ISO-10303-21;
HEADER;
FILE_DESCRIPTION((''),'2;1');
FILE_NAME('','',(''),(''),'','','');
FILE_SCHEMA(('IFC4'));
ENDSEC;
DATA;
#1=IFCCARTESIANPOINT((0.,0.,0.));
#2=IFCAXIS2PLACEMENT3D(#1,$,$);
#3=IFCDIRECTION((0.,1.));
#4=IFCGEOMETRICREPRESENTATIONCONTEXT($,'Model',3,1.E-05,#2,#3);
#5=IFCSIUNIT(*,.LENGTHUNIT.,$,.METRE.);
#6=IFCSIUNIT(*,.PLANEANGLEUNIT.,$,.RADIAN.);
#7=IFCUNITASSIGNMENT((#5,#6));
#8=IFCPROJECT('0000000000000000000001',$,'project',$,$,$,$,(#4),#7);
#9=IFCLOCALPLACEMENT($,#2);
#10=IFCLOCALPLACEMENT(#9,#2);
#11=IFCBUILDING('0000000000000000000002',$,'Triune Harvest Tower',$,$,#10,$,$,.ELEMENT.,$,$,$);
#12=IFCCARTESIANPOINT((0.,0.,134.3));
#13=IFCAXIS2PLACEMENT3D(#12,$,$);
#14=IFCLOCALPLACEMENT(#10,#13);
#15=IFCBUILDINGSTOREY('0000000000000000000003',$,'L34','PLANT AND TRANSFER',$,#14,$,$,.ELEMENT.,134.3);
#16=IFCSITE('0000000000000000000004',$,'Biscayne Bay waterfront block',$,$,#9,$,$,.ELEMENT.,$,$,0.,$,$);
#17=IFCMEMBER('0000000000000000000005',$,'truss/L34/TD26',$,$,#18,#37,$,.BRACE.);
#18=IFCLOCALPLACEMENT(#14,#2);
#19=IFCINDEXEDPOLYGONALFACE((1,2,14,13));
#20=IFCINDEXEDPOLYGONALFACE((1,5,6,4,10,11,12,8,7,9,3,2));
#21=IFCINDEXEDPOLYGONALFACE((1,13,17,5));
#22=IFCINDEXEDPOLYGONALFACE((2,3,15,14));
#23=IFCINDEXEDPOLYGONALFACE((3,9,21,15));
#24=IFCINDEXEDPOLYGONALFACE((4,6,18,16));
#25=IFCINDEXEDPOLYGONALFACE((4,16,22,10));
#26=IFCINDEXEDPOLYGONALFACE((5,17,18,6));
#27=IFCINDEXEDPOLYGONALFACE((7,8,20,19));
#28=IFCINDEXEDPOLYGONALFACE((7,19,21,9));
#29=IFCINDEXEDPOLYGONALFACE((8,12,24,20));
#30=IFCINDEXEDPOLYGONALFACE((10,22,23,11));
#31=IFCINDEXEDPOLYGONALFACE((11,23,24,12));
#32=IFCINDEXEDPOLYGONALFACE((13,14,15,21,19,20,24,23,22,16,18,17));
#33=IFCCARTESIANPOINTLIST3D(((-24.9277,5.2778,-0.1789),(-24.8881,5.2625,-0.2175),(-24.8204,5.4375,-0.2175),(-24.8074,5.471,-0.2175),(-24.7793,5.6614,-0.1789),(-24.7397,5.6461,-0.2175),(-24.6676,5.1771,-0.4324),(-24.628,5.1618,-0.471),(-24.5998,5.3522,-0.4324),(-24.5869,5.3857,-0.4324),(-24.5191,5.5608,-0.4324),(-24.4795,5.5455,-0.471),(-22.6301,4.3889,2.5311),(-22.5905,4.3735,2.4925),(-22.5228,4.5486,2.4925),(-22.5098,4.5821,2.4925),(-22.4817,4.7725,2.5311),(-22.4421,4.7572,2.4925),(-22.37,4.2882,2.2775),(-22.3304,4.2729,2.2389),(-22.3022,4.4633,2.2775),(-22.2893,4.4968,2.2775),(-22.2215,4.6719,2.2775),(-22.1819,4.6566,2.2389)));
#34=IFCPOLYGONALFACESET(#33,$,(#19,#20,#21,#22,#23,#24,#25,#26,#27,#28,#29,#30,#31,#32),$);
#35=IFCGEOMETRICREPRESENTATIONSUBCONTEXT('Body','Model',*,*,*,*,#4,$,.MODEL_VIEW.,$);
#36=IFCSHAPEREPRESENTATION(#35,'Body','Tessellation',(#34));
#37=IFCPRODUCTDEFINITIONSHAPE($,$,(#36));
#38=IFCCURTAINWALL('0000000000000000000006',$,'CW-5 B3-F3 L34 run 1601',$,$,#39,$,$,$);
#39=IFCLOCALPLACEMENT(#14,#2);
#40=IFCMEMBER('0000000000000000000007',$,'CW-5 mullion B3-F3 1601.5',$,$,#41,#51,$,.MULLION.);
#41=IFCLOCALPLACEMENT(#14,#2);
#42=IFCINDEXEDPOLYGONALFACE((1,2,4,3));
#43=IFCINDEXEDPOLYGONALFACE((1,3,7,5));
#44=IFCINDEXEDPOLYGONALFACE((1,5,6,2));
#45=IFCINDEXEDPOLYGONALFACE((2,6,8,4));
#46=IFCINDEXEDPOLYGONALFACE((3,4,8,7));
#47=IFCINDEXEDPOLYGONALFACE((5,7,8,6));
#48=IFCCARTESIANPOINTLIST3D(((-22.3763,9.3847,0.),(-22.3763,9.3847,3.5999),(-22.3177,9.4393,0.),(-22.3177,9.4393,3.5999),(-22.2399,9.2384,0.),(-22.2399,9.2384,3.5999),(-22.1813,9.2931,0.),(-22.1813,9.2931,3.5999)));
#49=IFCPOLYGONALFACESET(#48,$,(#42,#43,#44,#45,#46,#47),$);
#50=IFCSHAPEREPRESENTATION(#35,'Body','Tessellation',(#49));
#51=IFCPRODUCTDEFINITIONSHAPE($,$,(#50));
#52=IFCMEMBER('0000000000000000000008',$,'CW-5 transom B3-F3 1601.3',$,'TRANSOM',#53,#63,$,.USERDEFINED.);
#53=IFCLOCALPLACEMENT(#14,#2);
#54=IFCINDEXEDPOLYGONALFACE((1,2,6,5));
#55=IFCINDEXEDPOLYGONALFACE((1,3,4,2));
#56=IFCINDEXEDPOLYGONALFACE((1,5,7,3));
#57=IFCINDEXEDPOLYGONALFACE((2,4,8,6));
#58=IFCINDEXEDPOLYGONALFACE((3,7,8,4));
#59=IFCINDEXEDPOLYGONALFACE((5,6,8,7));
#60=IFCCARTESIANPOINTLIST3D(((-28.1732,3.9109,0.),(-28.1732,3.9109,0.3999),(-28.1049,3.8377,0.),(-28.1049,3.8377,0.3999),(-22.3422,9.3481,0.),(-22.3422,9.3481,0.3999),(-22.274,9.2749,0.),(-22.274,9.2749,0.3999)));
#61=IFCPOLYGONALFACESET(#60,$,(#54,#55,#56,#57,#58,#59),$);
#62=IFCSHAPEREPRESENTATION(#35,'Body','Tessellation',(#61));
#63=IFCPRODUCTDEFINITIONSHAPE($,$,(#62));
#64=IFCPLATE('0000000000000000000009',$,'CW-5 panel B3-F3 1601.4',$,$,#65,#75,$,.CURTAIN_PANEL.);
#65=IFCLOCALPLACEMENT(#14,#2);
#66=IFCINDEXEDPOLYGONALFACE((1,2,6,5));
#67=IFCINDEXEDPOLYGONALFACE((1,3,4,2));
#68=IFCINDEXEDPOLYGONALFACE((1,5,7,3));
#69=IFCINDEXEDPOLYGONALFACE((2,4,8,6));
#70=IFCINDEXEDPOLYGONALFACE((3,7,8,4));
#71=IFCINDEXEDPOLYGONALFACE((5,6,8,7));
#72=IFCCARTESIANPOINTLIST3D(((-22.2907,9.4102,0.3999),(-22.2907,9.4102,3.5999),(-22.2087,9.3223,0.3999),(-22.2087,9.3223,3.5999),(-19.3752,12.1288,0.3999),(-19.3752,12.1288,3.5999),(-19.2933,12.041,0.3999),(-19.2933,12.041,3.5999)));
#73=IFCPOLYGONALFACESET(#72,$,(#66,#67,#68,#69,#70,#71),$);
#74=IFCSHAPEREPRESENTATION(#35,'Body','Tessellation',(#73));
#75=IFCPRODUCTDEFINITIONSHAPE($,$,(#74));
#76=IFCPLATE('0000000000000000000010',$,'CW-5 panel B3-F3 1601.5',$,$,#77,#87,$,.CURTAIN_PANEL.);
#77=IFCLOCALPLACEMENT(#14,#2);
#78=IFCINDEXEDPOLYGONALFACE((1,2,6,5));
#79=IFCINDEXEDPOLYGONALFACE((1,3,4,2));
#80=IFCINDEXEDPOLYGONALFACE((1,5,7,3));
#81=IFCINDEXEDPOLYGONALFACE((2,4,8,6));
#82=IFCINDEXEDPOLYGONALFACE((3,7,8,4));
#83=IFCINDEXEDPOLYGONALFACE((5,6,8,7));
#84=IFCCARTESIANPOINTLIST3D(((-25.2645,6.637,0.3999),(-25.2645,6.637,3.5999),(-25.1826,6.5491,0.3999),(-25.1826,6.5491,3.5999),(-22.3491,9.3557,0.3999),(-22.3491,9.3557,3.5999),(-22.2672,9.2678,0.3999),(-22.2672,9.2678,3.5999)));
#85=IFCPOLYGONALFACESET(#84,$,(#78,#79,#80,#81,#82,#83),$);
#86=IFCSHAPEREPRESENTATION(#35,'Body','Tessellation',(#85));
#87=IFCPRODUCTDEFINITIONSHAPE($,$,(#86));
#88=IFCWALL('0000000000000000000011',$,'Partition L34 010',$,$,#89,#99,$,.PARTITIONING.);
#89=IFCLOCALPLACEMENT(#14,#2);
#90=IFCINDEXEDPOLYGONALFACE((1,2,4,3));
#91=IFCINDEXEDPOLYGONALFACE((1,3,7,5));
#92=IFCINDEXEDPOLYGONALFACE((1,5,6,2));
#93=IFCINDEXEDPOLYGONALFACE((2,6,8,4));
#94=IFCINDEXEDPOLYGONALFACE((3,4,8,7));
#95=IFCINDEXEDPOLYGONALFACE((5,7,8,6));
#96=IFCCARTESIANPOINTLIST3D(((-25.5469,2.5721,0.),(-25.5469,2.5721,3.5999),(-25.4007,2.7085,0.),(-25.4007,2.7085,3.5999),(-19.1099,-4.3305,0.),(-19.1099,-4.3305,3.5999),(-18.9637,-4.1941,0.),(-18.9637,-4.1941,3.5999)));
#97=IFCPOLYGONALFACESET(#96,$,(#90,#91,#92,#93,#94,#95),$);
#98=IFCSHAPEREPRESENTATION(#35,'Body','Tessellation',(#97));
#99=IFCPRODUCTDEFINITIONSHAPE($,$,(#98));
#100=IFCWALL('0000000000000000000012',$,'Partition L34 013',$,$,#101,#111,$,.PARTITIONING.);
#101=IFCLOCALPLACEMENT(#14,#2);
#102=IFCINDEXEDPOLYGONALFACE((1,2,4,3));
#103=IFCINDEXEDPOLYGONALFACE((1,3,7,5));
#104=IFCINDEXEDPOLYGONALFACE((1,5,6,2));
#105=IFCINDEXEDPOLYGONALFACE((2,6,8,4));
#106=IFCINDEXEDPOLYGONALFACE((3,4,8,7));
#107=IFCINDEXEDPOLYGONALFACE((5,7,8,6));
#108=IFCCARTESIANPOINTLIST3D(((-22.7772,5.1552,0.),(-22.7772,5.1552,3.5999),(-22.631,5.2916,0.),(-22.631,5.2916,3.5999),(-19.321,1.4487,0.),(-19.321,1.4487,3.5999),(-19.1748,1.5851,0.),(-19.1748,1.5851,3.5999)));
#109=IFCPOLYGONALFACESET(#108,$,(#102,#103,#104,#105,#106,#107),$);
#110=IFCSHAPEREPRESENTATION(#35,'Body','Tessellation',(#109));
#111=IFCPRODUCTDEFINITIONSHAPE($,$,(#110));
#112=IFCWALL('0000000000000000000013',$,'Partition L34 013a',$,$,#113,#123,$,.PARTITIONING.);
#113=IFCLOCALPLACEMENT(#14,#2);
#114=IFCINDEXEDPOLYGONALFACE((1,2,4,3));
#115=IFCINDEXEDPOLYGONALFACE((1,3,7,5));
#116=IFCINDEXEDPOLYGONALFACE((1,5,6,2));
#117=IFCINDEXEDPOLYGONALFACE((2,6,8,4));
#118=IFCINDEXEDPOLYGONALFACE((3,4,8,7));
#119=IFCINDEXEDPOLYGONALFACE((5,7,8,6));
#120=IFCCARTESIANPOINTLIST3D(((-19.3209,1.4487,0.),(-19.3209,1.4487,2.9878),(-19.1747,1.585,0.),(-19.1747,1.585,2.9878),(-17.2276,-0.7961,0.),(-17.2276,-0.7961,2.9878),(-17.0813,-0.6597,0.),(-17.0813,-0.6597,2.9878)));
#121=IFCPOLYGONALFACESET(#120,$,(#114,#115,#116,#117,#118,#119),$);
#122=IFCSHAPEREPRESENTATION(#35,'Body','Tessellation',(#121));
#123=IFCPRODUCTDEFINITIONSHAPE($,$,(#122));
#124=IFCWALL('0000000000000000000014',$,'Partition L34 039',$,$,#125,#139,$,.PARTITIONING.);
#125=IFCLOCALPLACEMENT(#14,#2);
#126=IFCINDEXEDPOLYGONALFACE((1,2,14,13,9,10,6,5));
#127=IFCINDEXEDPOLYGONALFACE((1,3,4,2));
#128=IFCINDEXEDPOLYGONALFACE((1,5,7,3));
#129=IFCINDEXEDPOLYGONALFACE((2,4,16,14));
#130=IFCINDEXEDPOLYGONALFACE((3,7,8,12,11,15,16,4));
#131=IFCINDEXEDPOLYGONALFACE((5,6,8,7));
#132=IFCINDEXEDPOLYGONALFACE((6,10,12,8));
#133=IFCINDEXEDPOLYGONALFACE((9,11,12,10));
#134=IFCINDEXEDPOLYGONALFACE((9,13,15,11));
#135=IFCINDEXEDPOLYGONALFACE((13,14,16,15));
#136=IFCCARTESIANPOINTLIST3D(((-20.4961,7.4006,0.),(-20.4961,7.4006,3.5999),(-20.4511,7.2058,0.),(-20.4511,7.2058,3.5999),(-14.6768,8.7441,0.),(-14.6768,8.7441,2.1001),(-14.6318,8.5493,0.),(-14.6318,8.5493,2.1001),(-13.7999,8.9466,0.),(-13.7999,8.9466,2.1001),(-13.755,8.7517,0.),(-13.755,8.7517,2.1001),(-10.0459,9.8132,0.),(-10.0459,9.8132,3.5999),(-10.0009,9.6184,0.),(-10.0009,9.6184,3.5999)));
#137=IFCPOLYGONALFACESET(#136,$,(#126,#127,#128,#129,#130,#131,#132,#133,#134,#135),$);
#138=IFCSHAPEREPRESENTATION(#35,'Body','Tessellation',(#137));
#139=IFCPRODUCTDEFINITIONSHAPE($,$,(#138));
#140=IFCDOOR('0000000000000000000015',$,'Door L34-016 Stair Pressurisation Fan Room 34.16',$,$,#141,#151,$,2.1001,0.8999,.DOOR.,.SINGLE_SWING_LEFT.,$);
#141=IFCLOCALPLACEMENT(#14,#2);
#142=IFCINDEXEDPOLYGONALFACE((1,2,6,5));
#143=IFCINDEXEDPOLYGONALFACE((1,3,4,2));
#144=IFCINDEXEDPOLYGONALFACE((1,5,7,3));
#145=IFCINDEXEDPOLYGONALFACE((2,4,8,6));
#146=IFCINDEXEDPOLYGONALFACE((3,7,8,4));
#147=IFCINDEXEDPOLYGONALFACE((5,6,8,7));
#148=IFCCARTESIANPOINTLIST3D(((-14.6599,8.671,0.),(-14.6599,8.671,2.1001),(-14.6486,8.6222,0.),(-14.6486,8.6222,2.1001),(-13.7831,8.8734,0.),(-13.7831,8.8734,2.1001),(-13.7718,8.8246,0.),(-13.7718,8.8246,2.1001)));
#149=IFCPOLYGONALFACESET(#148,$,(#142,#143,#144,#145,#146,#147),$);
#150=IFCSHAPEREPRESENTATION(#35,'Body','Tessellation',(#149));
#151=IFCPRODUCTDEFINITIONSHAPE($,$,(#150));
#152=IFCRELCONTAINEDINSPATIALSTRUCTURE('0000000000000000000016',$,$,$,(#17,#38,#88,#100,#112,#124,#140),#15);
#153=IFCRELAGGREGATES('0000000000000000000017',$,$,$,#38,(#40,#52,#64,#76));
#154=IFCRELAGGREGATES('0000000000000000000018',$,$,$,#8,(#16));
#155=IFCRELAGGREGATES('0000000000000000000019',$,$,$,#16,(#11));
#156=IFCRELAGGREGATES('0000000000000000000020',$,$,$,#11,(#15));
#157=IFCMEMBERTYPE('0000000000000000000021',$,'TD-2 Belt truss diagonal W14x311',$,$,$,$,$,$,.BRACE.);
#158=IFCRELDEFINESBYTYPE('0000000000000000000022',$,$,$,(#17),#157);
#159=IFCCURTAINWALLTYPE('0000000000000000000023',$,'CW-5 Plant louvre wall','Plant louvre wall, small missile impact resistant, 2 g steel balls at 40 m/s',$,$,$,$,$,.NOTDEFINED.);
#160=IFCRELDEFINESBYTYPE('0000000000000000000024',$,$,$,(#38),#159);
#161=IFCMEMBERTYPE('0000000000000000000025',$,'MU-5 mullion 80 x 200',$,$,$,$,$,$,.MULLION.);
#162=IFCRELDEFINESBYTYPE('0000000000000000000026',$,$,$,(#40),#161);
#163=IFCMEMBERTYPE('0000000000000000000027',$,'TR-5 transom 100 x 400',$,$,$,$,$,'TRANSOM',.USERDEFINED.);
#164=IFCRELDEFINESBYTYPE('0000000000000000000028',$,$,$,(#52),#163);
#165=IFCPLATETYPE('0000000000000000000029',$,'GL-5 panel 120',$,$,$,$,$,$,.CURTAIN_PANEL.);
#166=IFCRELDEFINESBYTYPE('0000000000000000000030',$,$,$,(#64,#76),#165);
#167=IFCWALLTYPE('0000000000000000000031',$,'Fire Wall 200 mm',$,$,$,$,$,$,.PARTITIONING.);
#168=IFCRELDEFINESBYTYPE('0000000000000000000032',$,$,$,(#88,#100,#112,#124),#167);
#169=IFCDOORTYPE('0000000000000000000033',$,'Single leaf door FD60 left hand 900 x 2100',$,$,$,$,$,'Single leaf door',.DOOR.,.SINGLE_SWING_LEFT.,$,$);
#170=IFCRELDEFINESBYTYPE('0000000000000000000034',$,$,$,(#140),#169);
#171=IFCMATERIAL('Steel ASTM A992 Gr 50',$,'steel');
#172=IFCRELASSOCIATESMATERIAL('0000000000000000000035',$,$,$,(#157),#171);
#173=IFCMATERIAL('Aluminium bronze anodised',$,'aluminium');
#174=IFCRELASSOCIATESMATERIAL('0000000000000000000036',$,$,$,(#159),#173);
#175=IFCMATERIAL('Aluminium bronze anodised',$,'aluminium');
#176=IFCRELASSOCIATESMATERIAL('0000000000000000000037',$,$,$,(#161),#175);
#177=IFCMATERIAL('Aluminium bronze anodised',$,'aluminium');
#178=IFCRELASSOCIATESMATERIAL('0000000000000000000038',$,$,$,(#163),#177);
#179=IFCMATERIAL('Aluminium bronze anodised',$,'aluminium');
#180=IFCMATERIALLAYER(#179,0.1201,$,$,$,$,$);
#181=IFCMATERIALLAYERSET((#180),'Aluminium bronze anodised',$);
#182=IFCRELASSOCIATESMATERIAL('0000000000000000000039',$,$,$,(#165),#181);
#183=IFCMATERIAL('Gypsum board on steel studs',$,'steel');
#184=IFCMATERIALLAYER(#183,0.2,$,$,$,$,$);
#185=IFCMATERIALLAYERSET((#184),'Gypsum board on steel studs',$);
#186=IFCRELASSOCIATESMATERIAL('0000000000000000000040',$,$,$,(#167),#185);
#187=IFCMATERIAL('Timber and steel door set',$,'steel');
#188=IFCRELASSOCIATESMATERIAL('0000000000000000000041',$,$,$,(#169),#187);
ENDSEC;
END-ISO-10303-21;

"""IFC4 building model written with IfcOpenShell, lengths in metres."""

from ifc_helpers import new_model, si_unit, direction, frame, frame_2d, origin, origin_2d, place, context, subcontext, project, spatial, rectangle, i_section, extrude, source, transform, mapped, material, layer, layer_set, material_profile, profile_set, type_object, element, fill, aggregate, save


model = new_model("IFC4")

# Units and contexts
model_context = context("Model", 3, precision=1e-05, world=origin(), true_north=direction((0.0, 1.0)))
body_context = subcontext(model_context, "Body", "Model", "MODEL_VIEW")
ifc_project = project(units=[si_unit("LENGTHUNIT", "METRE"), si_unit("PLANEANGLEUNIT", "RADIAN")], contexts=[model_context])

# Site, building, storey
site_placement = place(None, origin())
site = spatial("IfcSite", under=ifc_project, at=site_placement, Name="Biscayne Bay waterfront block", CompositionType="ELEMENT", RefElevation=0.0)
building_placement = place(site_placement, origin())
building = spatial("IfcBuilding", under=site, at=building_placement, Name="Triune Harvest Tower", CompositionType="ELEMENT")
storey_placement = place(building_placement, frame((0.0, 0.0, 134.3)))
storey = spatial("IfcBuildingStorey", under=building, at=storey_placement, Name="L34", Description="PLANT AND TRANSFER", CompositionType="ELEMENT", Elevation=134.3)

# Member
ifc_material_1 = material(Name="Steel ASTM A992 Gr 50", Category="steel")
ifc_material_profile_1 = material_profile(ifc_material_1, i_section(OverallWidth=0.4114, OverallDepth=0.4343, WebThickness=0.0359, FlangeThickness=0.0574, at=origin_2d()), Name="W14x311")
ifc_profile_set_1 = profile_set([ifc_material_profile_1], Name="Steel ASTM A992 Gr 50")
member_type_1 = type_object("IfcMemberType", Name="TD-2 Belt truss diagonal W14x311", PredefinedType="BRACE", material=ifc_profile_set_1)
shared_shape_1 = source(origin(), body_context, "Body", "SweptSolid", [
    extrude(i_section(OverallWidth=0.4114, OverallDepth=0.4343, WebThickness=0.0359, FlangeThickness=0.0574, at=origin_2d()), origin(), (0.0, 0.0, 1.0), 3.6624),
])
member_1_placement = place(storey_placement, frame((-24.7036, 5.4116, -0.325), z_axis=(0.627353, -0.242715, 0.739944), x_axis=(0.360825, 0.932634, 0.0)))
element("IfcMember", 1, at=member_1_placement, inside=storey, type_object=member_type_1, Name="truss/L34/TD26", PredefinedType="BRACE", context=body_context, shape_type="MappedRepresentation", body=[
    mapped(shared_shape_1, transform((0.0, 0.0, 0.0), scale=1.0)),
])

# Curtain wall, members, plates
ifc_material_2 = material(Name="Aluminium bronze anodised", Category="aluminium")
curtain_wall_type = type_object("IfcCurtainWallType", Name="CW-5 Plant louvre wall", Description="Plant louvre wall, small missile impact resistant, 2 g steel balls at 40 m/s", PredefinedType="NOTDEFINED", material=ifc_material_2)
curtain_wall_placement = place(storey_placement, origin())
curtain_wall = element("IfcCurtainWall", 2, at=curtain_wall_placement, inside=storey, type_object=curtain_wall_type, Name="CW-5 B3-F3 L34 run 1601")
ifc_material_3 = material(Name="Aluminium bronze anodised", Category="aluminium")
ifc_material_profile_2 = material_profile(ifc_material_3, rectangle(XDim=0.2, YDim=0.0801, at=origin_2d()), Name="MU-5 mullion 80 x 200")
ifc_profile_set_2 = profile_set([ifc_material_profile_2], Name="Aluminium bronze anodised")
member_type_2 = type_object("IfcMemberType", Name="MU-5 mullion 80 x 200", PredefinedType="MULLION", material=ifc_profile_set_2)
shared_shape_2 = source(origin(), body_context, "Body", "SweptSolid", [
    extrude(rectangle(XDim=0.2, YDim=0.0801, at=origin_2d()), origin(), (0.0, 0.0, 1.0), 3.5999),
])
member_2_placement = place(storey_placement, frame((-22.2788, 9.3389, 0.0), z_axis=(0.0, 0.0, 1.0), x_axis=(0.681998, -0.731354, 0.0)))
member_2 = element("IfcMember", 3, at=member_2_placement, type_object=member_type_2, Name="CW-5 mullion B3-F3 1601.5", PredefinedType="MULLION", context=body_context, shape_type="MappedRepresentation", body=[
    mapped(shared_shape_2, transform((0.0, 0.0, 0.0), scale=1.0)),
])
ifc_material_4 = material(Name="Aluminium bronze anodised", Category="aluminium")
ifc_material_profile_3 = material_profile(ifc_material_4, rectangle(XDim=0.1001, YDim=0.3999, at=origin_2d()), Name="TR-5 transom 100 x 400")
ifc_profile_set_3 = profile_set([ifc_material_profile_3], Name="Aluminium bronze anodised")
member_type_3 = type_object("IfcMemberType", Name="TR-5 transom 100 x 400", ElementType="TRANSOM", PredefinedType="USERDEFINED", material=ifc_profile_set_3)
shared_shape_3 = source(origin(), body_context, "Body", "SweptSolid", [
    extrude(rectangle(XDim=0.1001, YDim=0.3999, at=origin_2d()), origin(), (0.0, 0.0, 1.0), 7.9727),
])
member_3_placement = place(storey_placement, frame((-22.3081, 9.3115, 0.2), z_axis=(-0.731372, -0.681979, 0.0), x_axis=(0.681979, -0.731372, 0.0)))
member_3 = element("IfcMember", 4, at=member_3_placement, type_object=member_type_3, Name="CW-5 transom B3-F3 1601.3", ObjectType="TRANSOM", PredefinedType="USERDEFINED", context=body_context, shape_type="MappedRepresentation", body=[
    mapped(shared_shape_3, transform((0.0, 0.0, 0.0), scale=1.0)),
])
ifc_material_5 = material(Name="Aluminium bronze anodised", Category="aluminium")
ifc_layer_1 = layer(ifc_material_5, 0.1201)
ifc_layer_set_1 = layer_set([ifc_layer_1], Name="Aluminium bronze anodised")
plate_type = type_object("IfcPlateType", Name="GL-5 panel 120", PredefinedType="CURTAIN_PANEL", material=ifc_layer_set_1)
shared_shape_4 = source(origin(), body_context, "Body", "SweptSolid", [
    extrude(rectangle(XDim=3.9863, YDim=0.1201, at=origin_2d()), origin(), (0.0, 0.0, 1.0), 3.2),
])
plate_1_placement = place(storey_placement, frame((-20.792, 10.7256, 0.3999), z_axis=(0.0, 0.0, 1.0), x_axis=(-0.731354, -0.681998, 0.0)))
plate_1 = element("IfcPlate", 5, at=plate_1_placement, type_object=plate_type, Name="CW-5 panel B3-F3 1601.4", PredefinedType="CURTAIN_PANEL", context=body_context, shape_type="MappedRepresentation", body=[
    mapped(shared_shape_4, transform((0.0, 0.0, 0.0), scale=1.0)),
])
plate_2_placement = place(storey_placement, frame((-23.7659, 7.9524, 0.3999), z_axis=(0.0, 0.0, 1.0), x_axis=(-0.731354, -0.681998, 0.0)))
plate_2 = element("IfcPlate", 6, at=plate_2_placement, type_object=plate_type, Name="CW-5 panel B3-F3 1601.5", PredefinedType="CURTAIN_PANEL", context=body_context, shape_type="MappedRepresentation", body=[
    mapped(shared_shape_4, transform((0.0, 0.0, 0.0), scale=1.0)),
])
aggregate(curtain_wall, [member_2, member_3, plate_1, plate_2])

# Walls
ifc_material_6 = material(Name="Gypsum board on steel studs", Category="steel")
ifc_layer_2 = layer(ifc_material_6, 0.2)
ifc_layer_set_2 = layer_set([ifc_layer_2], Name="Gypsum board on steel studs")
wall_type = type_object("IfcWallType", Name="Fire Wall 200 mm", PredefinedType="PARTITIONING", material=ifc_layer_set_2)
wall_1_placement = place(storey_placement, frame((-25.4739, 2.6404, 0.0), z_axis=(0.0, 0.0, 1.0), x_axis=(0.682012, -0.731341, 0.0)))
element("IfcWall", 7, at=wall_1_placement, inside=storey, type_object=wall_type, Name="Partition L34 010", PredefinedType="PARTITIONING", context=body_context, shape_type="SweptSolid", body=[
    extrude(rectangle(XDim=9.4382, YDim=0.2, at=frame_2d((4.7192, 0.0))), origin(), (0.0, 0.0, 1.0), 3.5999),
])
wall_2_placement = place(storey_placement, frame((-22.7041, 5.2234, 0.0), z_axis=(0.0, 0.0, 1.0), x_axis=(0.681987, -0.731364, 0.0)))
element("IfcWall", 8, at=wall_2_placement, inside=storey, type_object=wall_type, Name="Partition L34 013", PredefinedType="PARTITIONING", context=body_context, shape_type="SweptSolid", body=[
    extrude(rectangle(XDim=5.0679, YDim=0.2, at=frame_2d((2.5339, 0.0))), origin(), (0.0, 0.0, 1.0), 3.5999),
])
wall_3_placement = place(storey_placement, frame((-19.2478, 1.5168, 0.0), z_axis=(0.0, 0.0, 1.0), x_axis=(0.682018, -0.731336, 0.0)))
element("IfcWall", 9, at=wall_3_placement, inside=storey, type_object=wall_type, Name="Partition L34 013a", PredefinedType="PARTITIONING", context=body_context, shape_type="SweptSolid", body=[
    extrude(rectangle(XDim=3.0693, YDim=0.2, at=frame_2d((1.5347, 0.0))), origin(), (0.0, 0.0, 1.0), 2.9878),
])

# Wall, opening, door
wall_4_placement = place(storey_placement, frame((-20.4736, 7.3032, 0.0), z_axis=(0.0, 0.0, 1.0), x_axis=(0.97437, 0.224949, 0.0)))
wall_4 = element("IfcWall", 10, at=wall_4_placement, inside=storey, type_object=wall_type, Name="Partition L34 039", PredefinedType="PARTITIONING", context=body_context, shape_type="SweptSolid", body=[
    extrude(rectangle(XDim=10.7251, YDim=0.2, at=frame_2d((5.3625, 0.0))), origin(), (0.0, 0.0, 1.0), 3.5999),
])
opening_1_placement = place(wall_4_placement, frame((5.9724, 0.0, 0.0)))
opening_1 = element("IfcOpeningElement", 11, at=opening_1_placement, cuts=wall_4, PredefinedType="OPENING", context=body_context, shape_type="SweptSolid", body=[
    extrude(rectangle(XDim=0.8999, YDim=2.1001, at=frame_2d((0.45, 1.05))), frame((0.0, 0.1099, 0.0), z_axis=(0.0, -1.0, 0.0), x_axis=(1.0, 0.0, 0.0)), (0.0, 0.0, 1.0), 0.22),
])
ifc_material_7 = material(Name="Timber and steel door set", Category="steel")
door_type_1 = type_object("IfcDoorType", Name="Single leaf door FD60 left hand 900 x 2100", ElementType="Single leaf door", OperationType="SINGLE_SWING_LEFT", PredefinedType="DOOR", material=ifc_material_7)
door_1_placement = place(opening_1_placement, origin())
door_1 = element("IfcDoor", 12, at=door_1_placement, inside=storey, type_object=door_type_1, Name="Door L34-016 Stair Pressurisation Fan Room 34.16", OperationType="SINGLE_SWING_LEFT", OverallHeight=2.1001, OverallWidth=0.8999, PredefinedType="DOOR", context=body_context, shape_type="SweptSolid", body=[
    extrude(rectangle(XDim=0.8999, YDim=2.1001, at=frame_2d((0.45, 1.05))), frame((0.0, 0.0249, 0.0), z_axis=(0.0, -1.0, 0.0), x_axis=(1.0, 0.0, 0.0)), (0.0, 0.0, 1.0), 0.05),
])
fill(opening_1, door_1)

save(model, "model.ifc")
